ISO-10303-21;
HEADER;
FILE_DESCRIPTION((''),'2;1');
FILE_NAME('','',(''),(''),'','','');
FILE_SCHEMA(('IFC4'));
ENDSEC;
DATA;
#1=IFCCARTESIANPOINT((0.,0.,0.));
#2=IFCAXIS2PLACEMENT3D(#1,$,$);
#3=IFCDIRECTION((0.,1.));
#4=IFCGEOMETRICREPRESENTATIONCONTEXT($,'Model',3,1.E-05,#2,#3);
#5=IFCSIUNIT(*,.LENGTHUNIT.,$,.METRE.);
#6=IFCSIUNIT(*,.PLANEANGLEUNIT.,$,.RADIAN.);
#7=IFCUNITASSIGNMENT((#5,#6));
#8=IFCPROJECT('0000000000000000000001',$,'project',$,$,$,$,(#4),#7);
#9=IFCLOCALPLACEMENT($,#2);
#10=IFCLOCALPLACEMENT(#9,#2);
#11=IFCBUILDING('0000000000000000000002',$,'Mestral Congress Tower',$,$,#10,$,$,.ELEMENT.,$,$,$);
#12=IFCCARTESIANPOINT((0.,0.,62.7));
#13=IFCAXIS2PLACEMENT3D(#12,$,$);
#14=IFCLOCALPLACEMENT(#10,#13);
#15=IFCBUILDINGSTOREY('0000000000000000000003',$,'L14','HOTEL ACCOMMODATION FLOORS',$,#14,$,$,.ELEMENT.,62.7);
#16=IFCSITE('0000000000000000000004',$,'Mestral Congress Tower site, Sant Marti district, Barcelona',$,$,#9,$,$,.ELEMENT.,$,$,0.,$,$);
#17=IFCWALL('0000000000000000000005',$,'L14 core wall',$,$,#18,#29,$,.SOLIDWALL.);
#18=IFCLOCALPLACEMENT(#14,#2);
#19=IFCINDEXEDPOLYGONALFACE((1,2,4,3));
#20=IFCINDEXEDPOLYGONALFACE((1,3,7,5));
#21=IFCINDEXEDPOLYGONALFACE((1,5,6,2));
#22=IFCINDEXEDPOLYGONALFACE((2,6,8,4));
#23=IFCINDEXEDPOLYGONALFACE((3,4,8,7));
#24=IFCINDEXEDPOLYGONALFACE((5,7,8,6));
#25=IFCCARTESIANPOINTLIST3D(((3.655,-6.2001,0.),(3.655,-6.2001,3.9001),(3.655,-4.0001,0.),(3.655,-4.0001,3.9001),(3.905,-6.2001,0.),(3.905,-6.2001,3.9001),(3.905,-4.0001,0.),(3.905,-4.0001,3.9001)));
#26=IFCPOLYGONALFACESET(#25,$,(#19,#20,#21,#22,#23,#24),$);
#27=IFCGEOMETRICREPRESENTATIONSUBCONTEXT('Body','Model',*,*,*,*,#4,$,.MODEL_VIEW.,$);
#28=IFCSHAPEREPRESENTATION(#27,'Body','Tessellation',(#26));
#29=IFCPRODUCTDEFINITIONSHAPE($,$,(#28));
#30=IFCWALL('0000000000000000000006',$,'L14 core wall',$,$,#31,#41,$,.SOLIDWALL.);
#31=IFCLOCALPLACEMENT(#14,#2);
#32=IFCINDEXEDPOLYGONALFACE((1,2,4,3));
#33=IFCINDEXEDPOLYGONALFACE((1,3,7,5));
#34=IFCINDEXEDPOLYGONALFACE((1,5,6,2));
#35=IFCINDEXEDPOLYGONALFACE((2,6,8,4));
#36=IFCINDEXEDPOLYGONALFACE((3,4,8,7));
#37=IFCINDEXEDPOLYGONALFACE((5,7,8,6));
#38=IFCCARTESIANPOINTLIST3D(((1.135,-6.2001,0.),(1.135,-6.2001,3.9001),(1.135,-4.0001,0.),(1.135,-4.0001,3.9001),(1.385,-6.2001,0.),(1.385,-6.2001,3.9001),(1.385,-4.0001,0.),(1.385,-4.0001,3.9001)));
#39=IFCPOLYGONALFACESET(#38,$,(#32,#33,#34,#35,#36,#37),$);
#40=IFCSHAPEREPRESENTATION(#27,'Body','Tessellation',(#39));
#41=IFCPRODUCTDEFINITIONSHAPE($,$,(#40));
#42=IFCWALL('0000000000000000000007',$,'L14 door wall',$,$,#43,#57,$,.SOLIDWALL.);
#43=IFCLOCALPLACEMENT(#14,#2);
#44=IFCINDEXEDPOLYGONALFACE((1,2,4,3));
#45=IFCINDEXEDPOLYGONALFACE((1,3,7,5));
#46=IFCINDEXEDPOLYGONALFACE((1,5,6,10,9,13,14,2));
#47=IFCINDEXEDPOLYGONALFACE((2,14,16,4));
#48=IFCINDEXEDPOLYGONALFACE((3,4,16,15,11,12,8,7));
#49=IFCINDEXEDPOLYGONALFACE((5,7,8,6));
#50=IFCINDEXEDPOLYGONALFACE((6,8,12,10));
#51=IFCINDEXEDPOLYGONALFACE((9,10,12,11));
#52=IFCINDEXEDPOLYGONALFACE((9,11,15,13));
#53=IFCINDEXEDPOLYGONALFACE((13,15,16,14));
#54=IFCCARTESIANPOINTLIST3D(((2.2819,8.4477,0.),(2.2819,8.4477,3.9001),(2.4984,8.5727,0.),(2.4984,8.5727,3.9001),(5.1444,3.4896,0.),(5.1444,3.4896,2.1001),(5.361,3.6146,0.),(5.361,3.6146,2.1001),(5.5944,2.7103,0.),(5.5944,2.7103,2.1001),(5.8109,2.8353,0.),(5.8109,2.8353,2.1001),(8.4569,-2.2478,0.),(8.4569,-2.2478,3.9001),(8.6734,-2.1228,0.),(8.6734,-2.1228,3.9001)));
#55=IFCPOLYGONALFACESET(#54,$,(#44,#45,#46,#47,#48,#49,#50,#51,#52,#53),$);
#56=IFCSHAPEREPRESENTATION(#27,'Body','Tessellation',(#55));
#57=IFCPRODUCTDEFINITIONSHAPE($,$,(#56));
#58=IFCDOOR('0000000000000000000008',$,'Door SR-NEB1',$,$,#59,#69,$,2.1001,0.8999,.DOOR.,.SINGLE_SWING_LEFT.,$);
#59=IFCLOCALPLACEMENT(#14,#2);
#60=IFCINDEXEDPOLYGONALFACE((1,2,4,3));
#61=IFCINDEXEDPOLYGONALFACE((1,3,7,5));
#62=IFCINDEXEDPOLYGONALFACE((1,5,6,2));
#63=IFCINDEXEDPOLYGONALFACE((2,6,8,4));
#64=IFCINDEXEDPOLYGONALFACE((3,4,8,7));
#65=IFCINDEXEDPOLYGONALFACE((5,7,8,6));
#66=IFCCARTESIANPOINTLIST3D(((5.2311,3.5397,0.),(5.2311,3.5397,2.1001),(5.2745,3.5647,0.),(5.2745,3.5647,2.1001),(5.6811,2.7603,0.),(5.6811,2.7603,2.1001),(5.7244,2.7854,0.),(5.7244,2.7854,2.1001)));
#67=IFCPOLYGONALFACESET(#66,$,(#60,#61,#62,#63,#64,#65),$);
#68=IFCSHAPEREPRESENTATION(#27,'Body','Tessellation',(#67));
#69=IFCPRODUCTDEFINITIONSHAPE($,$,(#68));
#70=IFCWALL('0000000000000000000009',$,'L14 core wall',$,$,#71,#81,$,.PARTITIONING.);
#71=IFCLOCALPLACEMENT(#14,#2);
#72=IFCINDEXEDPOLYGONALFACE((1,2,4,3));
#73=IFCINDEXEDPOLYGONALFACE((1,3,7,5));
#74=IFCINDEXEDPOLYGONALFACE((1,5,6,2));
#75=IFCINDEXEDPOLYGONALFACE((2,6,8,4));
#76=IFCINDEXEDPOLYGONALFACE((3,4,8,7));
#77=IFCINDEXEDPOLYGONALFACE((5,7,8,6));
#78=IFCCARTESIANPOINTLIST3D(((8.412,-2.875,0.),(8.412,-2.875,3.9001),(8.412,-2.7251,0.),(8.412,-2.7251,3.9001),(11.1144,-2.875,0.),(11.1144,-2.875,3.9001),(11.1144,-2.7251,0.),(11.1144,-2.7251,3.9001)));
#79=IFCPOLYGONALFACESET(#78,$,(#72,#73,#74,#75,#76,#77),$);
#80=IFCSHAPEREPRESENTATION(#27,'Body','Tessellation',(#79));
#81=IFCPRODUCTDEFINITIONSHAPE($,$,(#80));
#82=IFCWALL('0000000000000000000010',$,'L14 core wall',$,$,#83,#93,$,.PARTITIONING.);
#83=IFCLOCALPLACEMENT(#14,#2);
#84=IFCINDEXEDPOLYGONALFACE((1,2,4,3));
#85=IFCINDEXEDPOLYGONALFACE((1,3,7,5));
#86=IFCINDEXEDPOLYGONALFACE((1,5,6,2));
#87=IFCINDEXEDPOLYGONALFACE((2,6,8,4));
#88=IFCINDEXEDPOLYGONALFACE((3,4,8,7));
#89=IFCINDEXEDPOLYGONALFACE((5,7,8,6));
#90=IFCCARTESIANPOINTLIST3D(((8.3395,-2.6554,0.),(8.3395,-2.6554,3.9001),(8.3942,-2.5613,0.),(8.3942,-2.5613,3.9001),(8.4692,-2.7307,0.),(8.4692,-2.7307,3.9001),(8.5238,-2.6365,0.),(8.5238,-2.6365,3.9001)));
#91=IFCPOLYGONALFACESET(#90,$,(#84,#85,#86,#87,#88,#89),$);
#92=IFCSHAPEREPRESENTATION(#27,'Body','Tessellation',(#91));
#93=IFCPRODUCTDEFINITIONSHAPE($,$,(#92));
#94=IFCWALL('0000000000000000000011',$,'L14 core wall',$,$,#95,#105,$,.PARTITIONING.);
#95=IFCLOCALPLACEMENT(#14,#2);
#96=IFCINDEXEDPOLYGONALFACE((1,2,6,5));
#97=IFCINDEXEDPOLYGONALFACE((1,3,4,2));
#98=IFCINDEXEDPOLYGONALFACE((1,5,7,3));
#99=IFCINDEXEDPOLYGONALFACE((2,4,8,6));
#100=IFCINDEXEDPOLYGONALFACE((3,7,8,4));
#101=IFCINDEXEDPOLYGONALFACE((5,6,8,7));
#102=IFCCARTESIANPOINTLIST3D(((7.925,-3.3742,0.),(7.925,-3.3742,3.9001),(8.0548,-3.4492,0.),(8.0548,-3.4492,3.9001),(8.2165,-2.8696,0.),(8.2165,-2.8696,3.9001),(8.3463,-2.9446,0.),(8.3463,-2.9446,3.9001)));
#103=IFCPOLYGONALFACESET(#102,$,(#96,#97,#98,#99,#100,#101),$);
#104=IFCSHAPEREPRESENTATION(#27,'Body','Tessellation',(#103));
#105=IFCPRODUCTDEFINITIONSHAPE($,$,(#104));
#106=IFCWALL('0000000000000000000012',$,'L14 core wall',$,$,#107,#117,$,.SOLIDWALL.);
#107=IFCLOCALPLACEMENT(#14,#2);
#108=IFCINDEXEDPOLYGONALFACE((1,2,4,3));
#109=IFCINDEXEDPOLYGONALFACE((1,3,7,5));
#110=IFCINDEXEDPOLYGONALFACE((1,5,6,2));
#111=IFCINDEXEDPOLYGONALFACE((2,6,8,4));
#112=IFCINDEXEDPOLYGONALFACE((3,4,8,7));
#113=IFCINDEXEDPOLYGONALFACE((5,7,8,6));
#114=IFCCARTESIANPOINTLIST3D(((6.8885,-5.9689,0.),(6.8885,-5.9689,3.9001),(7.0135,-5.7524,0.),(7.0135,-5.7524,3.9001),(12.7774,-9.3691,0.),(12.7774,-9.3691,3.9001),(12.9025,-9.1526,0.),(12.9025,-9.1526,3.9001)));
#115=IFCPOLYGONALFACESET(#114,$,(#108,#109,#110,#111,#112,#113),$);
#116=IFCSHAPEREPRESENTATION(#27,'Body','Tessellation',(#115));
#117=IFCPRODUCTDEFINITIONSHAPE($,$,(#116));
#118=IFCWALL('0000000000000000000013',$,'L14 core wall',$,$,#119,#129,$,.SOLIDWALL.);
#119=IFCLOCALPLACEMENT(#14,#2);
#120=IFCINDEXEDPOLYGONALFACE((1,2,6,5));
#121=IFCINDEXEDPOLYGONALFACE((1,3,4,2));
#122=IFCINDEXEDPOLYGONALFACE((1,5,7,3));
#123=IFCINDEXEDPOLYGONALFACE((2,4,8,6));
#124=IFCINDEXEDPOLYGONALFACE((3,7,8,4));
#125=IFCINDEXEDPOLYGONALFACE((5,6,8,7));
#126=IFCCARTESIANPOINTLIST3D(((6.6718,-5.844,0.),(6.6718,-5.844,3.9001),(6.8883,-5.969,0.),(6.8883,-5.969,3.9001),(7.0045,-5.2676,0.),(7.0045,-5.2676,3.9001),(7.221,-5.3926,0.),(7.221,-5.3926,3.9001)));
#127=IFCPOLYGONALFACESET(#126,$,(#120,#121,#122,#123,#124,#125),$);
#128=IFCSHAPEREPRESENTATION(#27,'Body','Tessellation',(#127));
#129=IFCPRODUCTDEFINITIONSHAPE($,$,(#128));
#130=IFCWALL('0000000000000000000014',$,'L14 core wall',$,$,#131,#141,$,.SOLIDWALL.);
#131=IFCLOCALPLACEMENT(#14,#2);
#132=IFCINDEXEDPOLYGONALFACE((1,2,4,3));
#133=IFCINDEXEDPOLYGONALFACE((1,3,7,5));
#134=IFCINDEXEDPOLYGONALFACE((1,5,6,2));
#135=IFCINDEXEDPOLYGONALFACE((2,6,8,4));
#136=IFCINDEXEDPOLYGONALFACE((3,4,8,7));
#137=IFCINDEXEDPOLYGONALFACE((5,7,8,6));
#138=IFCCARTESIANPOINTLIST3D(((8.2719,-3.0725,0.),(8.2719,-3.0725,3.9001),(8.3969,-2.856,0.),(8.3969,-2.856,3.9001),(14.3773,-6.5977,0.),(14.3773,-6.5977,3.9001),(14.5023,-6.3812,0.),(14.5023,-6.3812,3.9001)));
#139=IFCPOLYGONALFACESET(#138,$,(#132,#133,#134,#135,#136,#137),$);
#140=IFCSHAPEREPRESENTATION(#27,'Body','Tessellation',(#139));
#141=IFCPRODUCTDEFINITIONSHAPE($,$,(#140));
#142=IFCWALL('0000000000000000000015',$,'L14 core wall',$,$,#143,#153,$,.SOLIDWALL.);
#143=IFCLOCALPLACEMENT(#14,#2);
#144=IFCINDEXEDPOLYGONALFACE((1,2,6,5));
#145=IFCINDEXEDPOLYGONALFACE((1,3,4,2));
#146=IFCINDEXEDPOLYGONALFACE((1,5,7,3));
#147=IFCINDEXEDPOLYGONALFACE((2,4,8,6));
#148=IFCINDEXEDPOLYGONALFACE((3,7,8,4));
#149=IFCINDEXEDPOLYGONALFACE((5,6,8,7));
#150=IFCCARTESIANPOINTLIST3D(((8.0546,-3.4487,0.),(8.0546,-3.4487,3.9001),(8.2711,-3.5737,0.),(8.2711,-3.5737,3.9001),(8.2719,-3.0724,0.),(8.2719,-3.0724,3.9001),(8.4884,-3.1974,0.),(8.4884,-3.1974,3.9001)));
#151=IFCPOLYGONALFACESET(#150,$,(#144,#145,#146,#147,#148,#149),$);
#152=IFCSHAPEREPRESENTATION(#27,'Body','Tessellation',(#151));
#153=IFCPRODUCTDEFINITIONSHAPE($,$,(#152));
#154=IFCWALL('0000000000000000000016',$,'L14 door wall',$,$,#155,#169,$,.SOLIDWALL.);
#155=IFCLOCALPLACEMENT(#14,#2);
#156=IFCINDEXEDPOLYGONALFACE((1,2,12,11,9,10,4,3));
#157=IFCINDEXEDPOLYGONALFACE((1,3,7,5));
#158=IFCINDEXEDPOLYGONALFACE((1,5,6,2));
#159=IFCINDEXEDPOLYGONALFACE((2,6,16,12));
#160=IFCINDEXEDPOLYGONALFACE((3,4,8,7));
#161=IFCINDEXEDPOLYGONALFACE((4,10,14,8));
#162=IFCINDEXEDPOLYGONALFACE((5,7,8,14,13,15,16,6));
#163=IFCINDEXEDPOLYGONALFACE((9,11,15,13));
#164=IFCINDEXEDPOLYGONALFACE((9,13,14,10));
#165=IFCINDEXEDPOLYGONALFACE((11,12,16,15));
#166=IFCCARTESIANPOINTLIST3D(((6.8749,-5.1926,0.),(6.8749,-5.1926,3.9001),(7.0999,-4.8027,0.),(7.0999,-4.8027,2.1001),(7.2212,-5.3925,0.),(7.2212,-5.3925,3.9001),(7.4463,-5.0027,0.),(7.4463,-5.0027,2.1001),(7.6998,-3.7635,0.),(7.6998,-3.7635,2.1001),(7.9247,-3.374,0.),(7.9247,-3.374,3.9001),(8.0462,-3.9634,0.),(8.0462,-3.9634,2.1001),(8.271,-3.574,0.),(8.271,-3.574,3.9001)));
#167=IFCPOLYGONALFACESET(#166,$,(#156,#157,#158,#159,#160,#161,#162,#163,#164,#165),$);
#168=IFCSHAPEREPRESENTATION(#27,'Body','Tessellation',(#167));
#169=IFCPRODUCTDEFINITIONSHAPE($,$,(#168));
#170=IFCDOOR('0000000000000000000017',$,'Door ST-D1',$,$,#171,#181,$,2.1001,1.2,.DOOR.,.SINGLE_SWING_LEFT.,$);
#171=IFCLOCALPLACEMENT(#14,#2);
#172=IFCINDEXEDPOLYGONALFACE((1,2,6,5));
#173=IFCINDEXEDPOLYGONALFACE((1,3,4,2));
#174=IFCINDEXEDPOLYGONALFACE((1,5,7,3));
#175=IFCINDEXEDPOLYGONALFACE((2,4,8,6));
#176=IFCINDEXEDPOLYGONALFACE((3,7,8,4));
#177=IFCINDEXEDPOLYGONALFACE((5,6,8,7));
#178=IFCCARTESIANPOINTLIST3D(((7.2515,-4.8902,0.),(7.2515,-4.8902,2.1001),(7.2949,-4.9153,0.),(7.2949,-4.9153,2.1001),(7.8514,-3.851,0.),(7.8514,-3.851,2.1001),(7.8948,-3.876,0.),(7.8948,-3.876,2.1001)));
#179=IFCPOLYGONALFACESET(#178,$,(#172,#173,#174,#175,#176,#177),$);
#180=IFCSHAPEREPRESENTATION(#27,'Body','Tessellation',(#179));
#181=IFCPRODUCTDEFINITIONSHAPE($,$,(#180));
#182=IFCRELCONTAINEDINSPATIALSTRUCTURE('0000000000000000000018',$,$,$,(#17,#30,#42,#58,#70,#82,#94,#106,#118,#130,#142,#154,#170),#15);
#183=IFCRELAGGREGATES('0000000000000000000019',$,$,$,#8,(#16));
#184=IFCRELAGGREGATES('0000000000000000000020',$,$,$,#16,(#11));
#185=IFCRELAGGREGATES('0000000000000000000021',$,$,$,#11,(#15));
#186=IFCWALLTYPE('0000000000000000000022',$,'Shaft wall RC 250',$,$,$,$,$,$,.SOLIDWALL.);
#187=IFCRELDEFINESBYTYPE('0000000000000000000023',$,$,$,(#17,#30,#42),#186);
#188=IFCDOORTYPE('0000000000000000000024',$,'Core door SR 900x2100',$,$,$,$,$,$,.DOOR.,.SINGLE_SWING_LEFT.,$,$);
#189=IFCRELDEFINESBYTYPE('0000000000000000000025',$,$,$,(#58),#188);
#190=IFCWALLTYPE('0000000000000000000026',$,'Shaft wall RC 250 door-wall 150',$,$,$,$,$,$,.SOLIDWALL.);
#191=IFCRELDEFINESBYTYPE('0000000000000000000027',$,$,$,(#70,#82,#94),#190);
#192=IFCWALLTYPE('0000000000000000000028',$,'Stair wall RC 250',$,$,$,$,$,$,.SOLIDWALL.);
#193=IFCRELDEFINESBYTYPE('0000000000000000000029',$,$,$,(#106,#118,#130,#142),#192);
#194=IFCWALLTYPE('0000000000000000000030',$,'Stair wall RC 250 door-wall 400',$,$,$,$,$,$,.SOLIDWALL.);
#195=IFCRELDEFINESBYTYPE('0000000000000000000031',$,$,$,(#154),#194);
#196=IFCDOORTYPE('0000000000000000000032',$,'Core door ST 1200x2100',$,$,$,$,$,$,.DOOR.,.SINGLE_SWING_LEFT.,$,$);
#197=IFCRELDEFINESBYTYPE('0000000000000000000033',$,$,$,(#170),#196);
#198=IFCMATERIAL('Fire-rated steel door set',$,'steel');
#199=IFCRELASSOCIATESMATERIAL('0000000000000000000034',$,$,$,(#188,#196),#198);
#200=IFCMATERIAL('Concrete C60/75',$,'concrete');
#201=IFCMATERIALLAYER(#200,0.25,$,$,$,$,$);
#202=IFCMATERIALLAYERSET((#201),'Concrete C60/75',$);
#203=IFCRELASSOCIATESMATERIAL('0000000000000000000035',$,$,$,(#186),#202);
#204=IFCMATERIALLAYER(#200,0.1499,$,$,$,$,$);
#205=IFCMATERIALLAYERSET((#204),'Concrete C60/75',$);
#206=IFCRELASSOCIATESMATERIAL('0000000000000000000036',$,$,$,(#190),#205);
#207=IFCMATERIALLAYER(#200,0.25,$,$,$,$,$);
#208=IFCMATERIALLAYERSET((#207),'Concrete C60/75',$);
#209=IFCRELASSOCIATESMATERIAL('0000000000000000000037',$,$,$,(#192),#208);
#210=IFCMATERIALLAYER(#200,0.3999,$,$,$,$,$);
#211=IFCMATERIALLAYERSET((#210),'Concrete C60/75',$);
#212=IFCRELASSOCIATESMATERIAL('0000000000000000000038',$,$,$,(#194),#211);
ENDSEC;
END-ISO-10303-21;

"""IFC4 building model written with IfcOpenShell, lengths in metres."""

from ifc_helpers import new_model, si_unit, direction, frame, frame_2d, origin, place, context, subcontext, project, spatial, rectangle, extrude, material, layer, layer_set, type_object, element, fill, save


model = new_model("IFC4")

# Units and contexts
model_context = context("Model", 3, precision=1e-05, world=origin(), true_north=direction((0.0, 1.0)))
body_context = subcontext(model_context, "Body", "Model", "MODEL_VIEW")
ifc_project = project(units=[si_unit("LENGTHUNIT", "METRE"), si_unit("PLANEANGLEUNIT", "RADIAN")], contexts=[model_context])

# Site, building, storey
site_placement = place(None, origin())
site = spatial("IfcSite", under=ifc_project, at=site_placement, Name="Mestral Congress Tower site, Sant Marti district, Barcelona", CompositionType="ELEMENT", RefElevation=0.0)
building_placement = place(site_placement, origin())
building = spatial("IfcBuilding", under=site, at=building_placement, Name="Mestral Congress Tower", CompositionType="ELEMENT")
storey_placement = place(building_placement, frame((0.0, 0.0, 62.7)))
storey = spatial("IfcBuildingStorey", under=building, at=storey_placement, Name="L14", Description="HOTEL ACCOMMODATION FLOORS", CompositionType="ELEMENT", Elevation=62.7)

# Shared definitions
ifc_material_1 = material(Name="Fire-rated steel door set", Category="steel")
door_type_1 = type_object("IfcDoorType", Name="Core door SR 900x2100", OperationType="SINGLE_SWING_LEFT", PredefinedType="DOOR", material=ifc_material_1)

# Walls
ifc_material_2 = material(Name="Concrete C60/75", Category="concrete")
ifc_layer_1 = layer(ifc_material_2, 0.25)
ifc_layer_set_1 = layer_set([ifc_layer_1], Name="Concrete C60/75")
wall_type_1 = type_object("IfcWallType", Name="Shaft wall RC 250", PredefinedType="SOLIDWALL", material=ifc_layer_set_1)
for number, where, z_axis, x_axis, name in (
    (1, (3.78, -4.0, 0.0), (0.0, 0.0, 1.0), (0.0, -1.0, 0.0), "L14 core wall"),
    (2, (1.26, -4.0, 0.0), (0.0, 0.0, 1.0), (0.0, -1.0, 0.0), "L14 core wall"),
):
    element("IfcWall", number, at=place(storey_placement, frame(where, z_axis=z_axis, x_axis=x_axis)), inside=storey, type_object=wall_type_1, Name=name, PredefinedType="SOLIDWALL", context=body_context, shape_type="SweptSolid", body=[
        extrude(rectangle(XDim=2.2, YDim=0.25, at=frame_2d((1.1001, 0.0))), origin(), (0.0, 0.0, 1.0), 3.9001),
    ])

# Wall, opening, door
wall_1_placement = place(storey_placement, frame((8.5652, -2.1853, 0.0), z_axis=(0.0, 0.0, 1.0), x_axis=(-0.499998, 0.866027, 0.0)))
wall_1 = element("IfcWall", 3, at=wall_1_placement, inside=storey, type_object=wall_type_1, Name="L14 door wall", PredefinedType="SOLIDWALL", context=body_context, shape_type="SweptSolid", body=[
    extrude(rectangle(XDim=12.3501, YDim=0.25, at=frame_2d((6.175, 0.0))), origin(), (0.0, 0.0, 1.0), 3.9001),
])
opening_1_placement = place(wall_1_placement, frame((5.7251, 0.0, 0.0)))
opening_1 = element("IfcOpeningElement", 4, at=opening_1_placement, cuts=wall_1, PredefinedType="OPENING", context=body_context, shape_type="SweptSolid", body=[
    extrude(rectangle(XDim=0.8999, YDim=2.1001, at=frame_2d((0.45, 1.05))), frame((0.0, 0.135, 0.0), z_axis=(0.0, -1.0, 0.0), x_axis=(1.0, 0.0, 0.0)), (0.0, 0.0, 1.0), 0.27),
])
door_1_placement = place(opening_1_placement, origin())
door_1 = element("IfcDoor", 5, at=door_1_placement, inside=storey, type_object=door_type_1, Name="Door SR-NEB1", OperationType="SINGLE_SWING_LEFT", OverallHeight=2.1001, OverallWidth=0.8999, PredefinedType="DOOR", context=body_context, shape_type="SweptSolid", body=[
    extrude(rectangle(XDim=0.8999, YDim=2.1001, at=frame_2d((0.45, 1.05))), frame((0.0, 0.0249, 0.0), z_axis=(0.0, -1.0, 0.0), x_axis=(1.0, 0.0, 0.0)), (0.0, 0.0, 1.0), 0.05),
])
fill(opening_1, door_1)

# Walls
ifc_layer_2 = layer(ifc_material_2, 0.1499)
ifc_layer_set_2 = layer_set([ifc_layer_2], Name="Concrete C60/75")
wall_type_2 = type_object("IfcWallType", Name="Shaft wall RC 250 door-wall 150", PredefinedType="SOLIDWALL", material=ifc_layer_set_2)
wall_2_placement = place(storey_placement, frame((8.4121, -2.8, 0.0), z_axis=(0.0, 0.0, 1.0), x_axis=(1.0, 0.0, 0.0)))
element("IfcWall", 6, at=wall_2_placement, inside=storey, type_object=wall_type_2, Name="L14 core wall", PredefinedType="PARTITIONING", context=body_context, shape_type="SweptSolid", body=[
    extrude(rectangle(XDim=2.7024, YDim=0.1499, at=frame_2d((1.3511, 0.0))), origin(), (0.0, 0.0, 1.0), 3.9001),
])
wall_3_placement = place(storey_placement, frame((8.459, -2.5989, 0.0), z_axis=(0.0, 0.0, 1.0), x_axis=(-0.501919, -0.864914, 0.0)))
element("IfcWall", 7, at=wall_3_placement, inside=storey, type_object=wall_type_2, Name="L14 core wall", PredefinedType="PARTITIONING", context=body_context, shape_type="SweptSolid", body=[
    extrude(rectangle(XDim=0.1089, YDim=0.1499, at=frame_2d((0.0544, 0.0))), origin(), (0.0, 0.0, 1.0), 3.9001),
])
wall_4_placement = place(storey_placement, frame((8.2815, -2.907, 0.0), z_axis=(0.0, 0.0, 1.0), x_axis=(-0.500194, -0.865913, 0.0)))
element("IfcWall", 8, at=wall_4_placement, inside=storey, type_object=wall_type_2, Name="L14 core wall", PredefinedType="PARTITIONING", context=body_context, shape_type="SweptSolid", body=[
    extrude(rectangle(XDim=0.5828, YDim=0.1499, at=frame_2d((0.2915, 0.0))), origin(), (0.0, 0.0, 1.0), 3.9001),
])
ifc_layer_3 = layer(ifc_material_2, 0.25)
ifc_layer_set_3 = layer_set([ifc_layer_3], Name="Concrete C60/75")
wall_type_3 = type_object("IfcWallType", Name="Stair wall RC 250", PredefinedType="SOLIDWALL", material=ifc_layer_set_3)
wall_5_placement = place(storey_placement, frame((12.8398, -9.2607, 0.0), z_axis=(0.0, 0.0, 1.0), x_axis=(-0.866014, 0.50002, 0.0)))
element("IfcWall", 9, at=wall_5_placement, inside=storey, type_object=wall_type_3, Name="L14 core wall", PredefinedType="SOLIDWALL", context=body_context, shape_type="SweptSolid", body=[
    extrude(rectangle(XDim=6.8, YDim=0.25, at=frame_2d((3.3999, 0.0))), origin(), (0.0, 0.0, 1.0), 3.9001),
])
wall_6_placement = place(storey_placement, frame((7.1128, -5.3301, 0.0), z_axis=(0.0, 0.0, 1.0), x_axis=(-0.499966, -0.866045, 0.0)))
element("IfcWall", 10, at=wall_6_placement, inside=storey, type_object=wall_type_3, Name="L14 core wall", PredefinedType="SOLIDWALL", context=body_context, shape_type="SweptSolid", body=[
    extrude(rectangle(XDim=0.6655, YDim=0.25, at=frame_2d((0.3328, 0.0))), origin(), (0.0, 0.0, 1.0), 3.9001),
])
wall_7_placement = place(storey_placement, frame((8.3345, -2.9644, 0.0), z_axis=(0.0, 0.0, 1.0), x_axis=(0.866016, -0.500016, 0.0)))
element("IfcWall", 11, at=wall_7_placement, inside=storey, type_object=wall_type_3, Name="L14 core wall", PredefinedType="SOLIDWALL", context=body_context, shape_type="SweptSolid", body=[
    extrude(rectangle(XDim=7.05, YDim=0.25, at=frame_2d((3.5249, 0.0))), origin(), (0.0, 0.0, 1.0), 3.9001),
])
wall_8_placement = place(storey_placement, frame((8.1628, -3.5112, 0.0), z_axis=(0.0, 0.0, 1.0), x_axis=(0.500128, 0.865952, 0.0)))
element("IfcWall", 12, at=wall_8_placement, inside=storey, type_object=wall_type_3, Name="L14 core wall", PredefinedType="SOLIDWALL", context=body_context, shape_type="SweptSolid", body=[
    extrude(rectangle(XDim=0.4346, YDim=0.25, at=frame_2d((0.2173, 0.0))), origin(), (0.0, 0.0, 1.0), 3.9001),
])

# Wall, opening, door
ifc_layer_4 = layer(ifc_material_2, 0.3999)
ifc_layer_set_4 = layer_set([ifc_layer_4], Name="Concrete C60/75")
wall_type_4 = type_object("IfcWallType", Name="Stair wall RC 250 door-wall 400", PredefinedType="SOLIDWALL", material=ifc_layer_set_4)
wall_9_placement = place(storey_placement, frame((7.0481, -5.2925, 0.0), z_axis=(0.0, 0.0, 1.0), x_axis=(0.499941, 0.86606, 0.0)))
wall_9 = element("IfcWall", 13, at=wall_9_placement, inside=storey, type_object=wall_type_4, Name="L14 door wall", PredefinedType="SOLIDWALL", context=body_context, shape_type="SweptSolid", body=[
    extrude(rectangle(XDim=2.0999, YDim=0.3999, at=frame_2d((1.0498, 0.0))), origin(), (0.0, 0.0, 1.0), 3.9001),
])
opening_2_placement = place(wall_9_placement, frame((0.45, 0.0, 0.0)))
opening_2 = element("IfcOpeningElement", 14, at=opening_2_placement, cuts=wall_9, PredefinedType="OPENING", context=body_context, shape_type="SweptSolid", body=[
    extrude(rectangle(XDim=1.2, YDim=2.1001, at=frame_2d((0.6001, 1.05))), frame((0.0, 0.21, 0.0), z_axis=(0.0, -1.0, 0.0), x_axis=(1.0, 0.0, 0.0)), (0.0, 0.0, 1.0), 0.4199),
])
door_type_2 = type_object("IfcDoorType", Name="Core door ST 1200x2100", OperationType="SINGLE_SWING_LEFT", PredefinedType="DOOR", material=ifc_material_1)
door_2_placement = place(opening_2_placement, origin())
door_2 = element("IfcDoor", 15, at=door_2_placement, inside=storey, type_object=door_type_2, Name="Door ST-D1", OperationType="SINGLE_SWING_LEFT", OverallHeight=2.1001, OverallWidth=1.2, PredefinedType="DOOR", context=body_context, shape_type="SweptSolid", body=[
    extrude(rectangle(XDim=1.2, YDim=2.1001, at=frame_2d((0.6001, 1.05))), frame((0.0, 0.0249, 0.0), z_axis=(0.0, -1.0, 0.0), x_axis=(1.0, 0.0, 0.0)), (0.0, 0.0, 1.0), 0.05),
])
fill(opening_2, door_2)

save(model, "model.ifc")
